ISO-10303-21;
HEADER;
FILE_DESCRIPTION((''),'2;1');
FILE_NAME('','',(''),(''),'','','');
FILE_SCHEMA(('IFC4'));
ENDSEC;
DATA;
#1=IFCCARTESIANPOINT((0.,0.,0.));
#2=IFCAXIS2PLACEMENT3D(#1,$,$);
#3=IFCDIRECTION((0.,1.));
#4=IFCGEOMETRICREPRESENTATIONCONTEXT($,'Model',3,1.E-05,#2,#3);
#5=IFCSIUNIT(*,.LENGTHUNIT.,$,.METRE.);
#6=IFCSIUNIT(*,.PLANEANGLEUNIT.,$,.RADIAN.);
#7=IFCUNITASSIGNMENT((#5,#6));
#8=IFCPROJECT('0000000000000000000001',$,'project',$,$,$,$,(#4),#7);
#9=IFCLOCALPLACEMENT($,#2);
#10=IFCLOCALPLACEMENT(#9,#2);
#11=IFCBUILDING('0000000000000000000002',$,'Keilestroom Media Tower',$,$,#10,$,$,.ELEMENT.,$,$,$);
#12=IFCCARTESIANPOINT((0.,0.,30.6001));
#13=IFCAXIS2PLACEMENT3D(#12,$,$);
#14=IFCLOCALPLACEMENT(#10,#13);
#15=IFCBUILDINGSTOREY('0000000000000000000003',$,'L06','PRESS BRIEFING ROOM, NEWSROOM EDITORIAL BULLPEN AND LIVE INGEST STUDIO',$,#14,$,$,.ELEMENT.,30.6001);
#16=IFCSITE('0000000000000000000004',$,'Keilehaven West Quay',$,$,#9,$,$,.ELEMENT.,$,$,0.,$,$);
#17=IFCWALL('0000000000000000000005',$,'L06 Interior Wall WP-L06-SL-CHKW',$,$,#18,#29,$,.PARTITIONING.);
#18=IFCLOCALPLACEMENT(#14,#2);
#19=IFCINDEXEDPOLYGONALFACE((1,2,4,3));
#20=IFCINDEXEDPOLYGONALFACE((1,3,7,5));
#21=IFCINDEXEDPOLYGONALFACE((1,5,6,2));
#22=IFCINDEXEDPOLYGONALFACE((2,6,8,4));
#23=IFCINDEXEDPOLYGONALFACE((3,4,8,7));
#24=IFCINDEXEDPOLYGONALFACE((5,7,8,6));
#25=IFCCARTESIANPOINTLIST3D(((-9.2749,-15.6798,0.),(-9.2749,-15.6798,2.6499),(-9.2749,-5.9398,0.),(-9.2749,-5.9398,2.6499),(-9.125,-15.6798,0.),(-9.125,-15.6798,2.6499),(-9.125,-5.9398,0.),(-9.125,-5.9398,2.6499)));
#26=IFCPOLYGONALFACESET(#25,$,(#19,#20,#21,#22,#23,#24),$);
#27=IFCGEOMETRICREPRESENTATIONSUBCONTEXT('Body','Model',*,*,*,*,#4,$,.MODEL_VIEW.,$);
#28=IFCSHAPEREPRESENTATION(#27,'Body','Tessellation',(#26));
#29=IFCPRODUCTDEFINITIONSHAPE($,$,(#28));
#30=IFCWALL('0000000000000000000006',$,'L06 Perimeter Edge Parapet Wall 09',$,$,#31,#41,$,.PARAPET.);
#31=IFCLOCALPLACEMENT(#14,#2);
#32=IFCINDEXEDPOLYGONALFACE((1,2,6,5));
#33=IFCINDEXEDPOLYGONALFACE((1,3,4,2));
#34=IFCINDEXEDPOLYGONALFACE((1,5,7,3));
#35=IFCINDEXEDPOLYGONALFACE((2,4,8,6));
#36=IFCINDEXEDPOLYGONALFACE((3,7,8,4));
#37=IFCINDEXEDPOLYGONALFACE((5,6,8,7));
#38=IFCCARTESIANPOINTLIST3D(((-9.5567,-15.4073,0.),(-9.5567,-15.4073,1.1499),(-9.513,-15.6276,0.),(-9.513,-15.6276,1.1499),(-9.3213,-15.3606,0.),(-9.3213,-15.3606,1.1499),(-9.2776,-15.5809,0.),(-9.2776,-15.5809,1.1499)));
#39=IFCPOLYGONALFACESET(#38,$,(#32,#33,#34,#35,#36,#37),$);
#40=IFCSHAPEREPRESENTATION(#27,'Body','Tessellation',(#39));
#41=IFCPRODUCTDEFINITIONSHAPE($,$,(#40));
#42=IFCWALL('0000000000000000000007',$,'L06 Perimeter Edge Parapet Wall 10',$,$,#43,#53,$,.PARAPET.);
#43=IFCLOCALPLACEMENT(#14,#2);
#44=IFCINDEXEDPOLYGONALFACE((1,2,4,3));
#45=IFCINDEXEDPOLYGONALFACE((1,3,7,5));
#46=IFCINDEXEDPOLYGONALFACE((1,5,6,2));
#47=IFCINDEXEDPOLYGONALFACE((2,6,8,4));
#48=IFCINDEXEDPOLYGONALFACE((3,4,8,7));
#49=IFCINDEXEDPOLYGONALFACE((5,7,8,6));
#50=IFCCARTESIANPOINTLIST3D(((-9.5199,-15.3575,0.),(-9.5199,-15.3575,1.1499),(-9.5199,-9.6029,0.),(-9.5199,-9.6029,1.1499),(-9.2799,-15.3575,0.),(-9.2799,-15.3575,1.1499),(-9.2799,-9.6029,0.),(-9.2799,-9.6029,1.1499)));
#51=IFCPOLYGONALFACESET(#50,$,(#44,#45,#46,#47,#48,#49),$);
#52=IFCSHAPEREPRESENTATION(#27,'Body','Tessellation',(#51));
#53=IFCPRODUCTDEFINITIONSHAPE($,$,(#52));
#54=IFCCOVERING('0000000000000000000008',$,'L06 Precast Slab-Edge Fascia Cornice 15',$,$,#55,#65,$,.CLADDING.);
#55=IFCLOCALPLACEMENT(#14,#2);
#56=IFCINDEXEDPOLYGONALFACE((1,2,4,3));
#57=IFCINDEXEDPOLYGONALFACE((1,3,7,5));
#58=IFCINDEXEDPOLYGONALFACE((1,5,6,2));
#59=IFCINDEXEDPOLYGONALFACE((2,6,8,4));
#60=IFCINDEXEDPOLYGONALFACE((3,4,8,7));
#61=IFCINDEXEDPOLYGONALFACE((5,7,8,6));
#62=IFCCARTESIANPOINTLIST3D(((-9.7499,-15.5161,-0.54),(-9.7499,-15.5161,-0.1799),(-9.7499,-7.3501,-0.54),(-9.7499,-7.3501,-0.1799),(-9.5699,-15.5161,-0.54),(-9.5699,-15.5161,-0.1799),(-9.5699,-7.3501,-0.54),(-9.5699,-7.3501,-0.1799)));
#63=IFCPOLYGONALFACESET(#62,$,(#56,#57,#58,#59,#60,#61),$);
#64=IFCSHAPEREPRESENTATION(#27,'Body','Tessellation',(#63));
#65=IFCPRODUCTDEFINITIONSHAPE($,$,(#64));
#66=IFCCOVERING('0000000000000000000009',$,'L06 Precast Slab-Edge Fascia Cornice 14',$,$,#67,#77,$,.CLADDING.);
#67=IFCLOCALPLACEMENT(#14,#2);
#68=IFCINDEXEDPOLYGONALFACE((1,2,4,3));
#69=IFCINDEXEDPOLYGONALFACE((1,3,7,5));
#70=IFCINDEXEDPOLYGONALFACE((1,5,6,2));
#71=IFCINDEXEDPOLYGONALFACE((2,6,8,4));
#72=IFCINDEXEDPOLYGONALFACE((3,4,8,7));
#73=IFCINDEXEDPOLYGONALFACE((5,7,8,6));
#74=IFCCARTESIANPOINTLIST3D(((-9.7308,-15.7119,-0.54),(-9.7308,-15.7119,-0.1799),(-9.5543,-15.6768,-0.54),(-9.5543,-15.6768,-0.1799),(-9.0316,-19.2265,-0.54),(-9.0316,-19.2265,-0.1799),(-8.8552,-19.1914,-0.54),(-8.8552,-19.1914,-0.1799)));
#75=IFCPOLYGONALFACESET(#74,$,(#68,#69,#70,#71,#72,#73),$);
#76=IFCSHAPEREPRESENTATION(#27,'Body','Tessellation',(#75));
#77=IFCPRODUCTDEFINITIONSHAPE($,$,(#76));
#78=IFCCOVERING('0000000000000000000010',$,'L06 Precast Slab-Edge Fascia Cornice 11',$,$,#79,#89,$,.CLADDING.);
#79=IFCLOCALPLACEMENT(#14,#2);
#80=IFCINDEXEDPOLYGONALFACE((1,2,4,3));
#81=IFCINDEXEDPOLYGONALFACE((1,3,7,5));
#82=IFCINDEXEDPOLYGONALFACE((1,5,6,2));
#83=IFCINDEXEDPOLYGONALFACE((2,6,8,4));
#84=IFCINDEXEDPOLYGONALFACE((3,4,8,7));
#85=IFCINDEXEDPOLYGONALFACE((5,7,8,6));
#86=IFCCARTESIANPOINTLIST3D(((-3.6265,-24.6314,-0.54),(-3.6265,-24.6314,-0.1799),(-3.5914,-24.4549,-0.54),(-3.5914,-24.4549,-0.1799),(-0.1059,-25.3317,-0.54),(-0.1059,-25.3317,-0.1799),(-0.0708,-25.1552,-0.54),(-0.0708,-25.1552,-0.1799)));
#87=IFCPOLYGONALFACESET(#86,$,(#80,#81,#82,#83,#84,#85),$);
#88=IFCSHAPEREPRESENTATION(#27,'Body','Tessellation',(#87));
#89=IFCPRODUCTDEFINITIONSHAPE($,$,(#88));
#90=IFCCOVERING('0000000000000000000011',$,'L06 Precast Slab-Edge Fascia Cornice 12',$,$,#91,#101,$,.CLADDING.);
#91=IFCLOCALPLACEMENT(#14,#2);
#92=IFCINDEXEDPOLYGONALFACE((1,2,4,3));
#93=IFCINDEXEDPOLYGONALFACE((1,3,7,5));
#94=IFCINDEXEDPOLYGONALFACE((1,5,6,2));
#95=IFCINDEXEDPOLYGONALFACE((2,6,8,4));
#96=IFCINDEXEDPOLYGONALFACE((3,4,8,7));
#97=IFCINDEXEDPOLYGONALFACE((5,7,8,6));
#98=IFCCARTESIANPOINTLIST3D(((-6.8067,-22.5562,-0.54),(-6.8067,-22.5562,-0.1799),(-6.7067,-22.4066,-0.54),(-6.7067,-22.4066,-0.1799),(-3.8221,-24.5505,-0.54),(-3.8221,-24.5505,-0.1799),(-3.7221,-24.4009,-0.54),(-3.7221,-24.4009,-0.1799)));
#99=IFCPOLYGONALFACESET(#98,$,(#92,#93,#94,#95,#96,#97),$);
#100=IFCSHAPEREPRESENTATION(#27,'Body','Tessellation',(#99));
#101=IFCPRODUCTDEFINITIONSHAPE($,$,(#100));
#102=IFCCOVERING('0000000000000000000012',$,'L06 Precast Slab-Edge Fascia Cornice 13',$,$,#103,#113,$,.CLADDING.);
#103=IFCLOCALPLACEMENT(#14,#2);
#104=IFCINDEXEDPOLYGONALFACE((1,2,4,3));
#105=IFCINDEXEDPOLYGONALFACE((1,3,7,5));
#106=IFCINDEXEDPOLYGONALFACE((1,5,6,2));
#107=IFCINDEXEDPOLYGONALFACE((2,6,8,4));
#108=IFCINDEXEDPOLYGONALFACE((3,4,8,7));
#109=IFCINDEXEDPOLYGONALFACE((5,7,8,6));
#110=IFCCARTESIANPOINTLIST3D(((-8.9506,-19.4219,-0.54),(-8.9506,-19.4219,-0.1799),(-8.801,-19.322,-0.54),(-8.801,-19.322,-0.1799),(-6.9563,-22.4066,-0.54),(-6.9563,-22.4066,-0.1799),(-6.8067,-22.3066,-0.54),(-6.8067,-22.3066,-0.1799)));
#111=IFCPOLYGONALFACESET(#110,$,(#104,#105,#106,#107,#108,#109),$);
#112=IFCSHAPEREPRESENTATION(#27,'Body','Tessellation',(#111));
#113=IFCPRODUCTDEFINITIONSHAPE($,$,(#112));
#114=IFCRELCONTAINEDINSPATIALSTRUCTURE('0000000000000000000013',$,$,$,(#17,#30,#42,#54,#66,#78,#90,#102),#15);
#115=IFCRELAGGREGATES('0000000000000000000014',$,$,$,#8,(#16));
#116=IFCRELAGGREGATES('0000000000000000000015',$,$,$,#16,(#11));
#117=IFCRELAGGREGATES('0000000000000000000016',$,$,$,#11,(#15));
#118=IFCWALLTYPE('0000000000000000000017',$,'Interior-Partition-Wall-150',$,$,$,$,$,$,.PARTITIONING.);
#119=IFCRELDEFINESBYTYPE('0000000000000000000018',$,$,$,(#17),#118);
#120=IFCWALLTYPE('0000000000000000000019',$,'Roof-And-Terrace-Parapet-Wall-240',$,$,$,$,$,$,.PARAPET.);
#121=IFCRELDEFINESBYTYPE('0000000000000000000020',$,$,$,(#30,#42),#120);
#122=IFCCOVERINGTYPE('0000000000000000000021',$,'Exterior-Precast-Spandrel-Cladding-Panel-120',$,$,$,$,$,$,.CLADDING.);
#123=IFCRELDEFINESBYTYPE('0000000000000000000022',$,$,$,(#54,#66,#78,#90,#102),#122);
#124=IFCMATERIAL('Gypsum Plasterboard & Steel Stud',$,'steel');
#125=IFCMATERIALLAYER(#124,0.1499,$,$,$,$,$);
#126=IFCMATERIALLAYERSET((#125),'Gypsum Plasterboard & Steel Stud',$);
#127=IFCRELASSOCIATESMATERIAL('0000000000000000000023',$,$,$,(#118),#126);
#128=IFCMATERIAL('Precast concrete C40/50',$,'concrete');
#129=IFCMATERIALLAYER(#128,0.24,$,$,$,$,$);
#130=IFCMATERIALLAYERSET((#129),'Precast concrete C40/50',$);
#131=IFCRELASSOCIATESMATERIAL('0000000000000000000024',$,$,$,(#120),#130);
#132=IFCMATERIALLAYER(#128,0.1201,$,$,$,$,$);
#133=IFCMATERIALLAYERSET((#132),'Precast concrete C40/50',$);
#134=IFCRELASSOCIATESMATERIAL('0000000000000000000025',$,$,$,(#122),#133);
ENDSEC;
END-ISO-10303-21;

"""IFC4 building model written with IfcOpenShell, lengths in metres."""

from ifc_helpers import new_model, si_unit, direction, frame, frame_2d, origin, origin_2d, place, context, subcontext, project, spatial, rectangle, extrude, source, transform, mapped, material, layer, layer_set, type_object, element, save


model = new_model("IFC4")

# Units and contexts
model_context = context("Model", 3, precision=1e-05, world=origin(), true_north=direction((0.0, 1.0)))
body_context = subcontext(model_context, "Body", "Model", "MODEL_VIEW")
ifc_project = project(units=[si_unit("LENGTHUNIT", "METRE"), si_unit("PLANEANGLEUNIT", "RADIAN")], contexts=[model_context])

# Site, building, storey
site_placement = place(None, origin())
site = spatial("IfcSite", under=ifc_project, at=site_placement, Name="Keilehaven West Quay", CompositionType="ELEMENT", RefElevation=0.0)
building_placement = place(site_placement, origin())
building = spatial("IfcBuilding", under=site, at=building_placement, Name="Keilestroom Media Tower", CompositionType="ELEMENT")
storey_placement = place(building_placement, frame((0.0, 0.0, 30.6001)))
storey = spatial("IfcBuildingStorey", under=building, at=storey_placement, Name="L06", Description="PRESS BRIEFING ROOM, NEWSROOM EDITORIAL BULLPEN AND LIVE INGEST STUDIO", CompositionType="ELEMENT", Elevation=30.6001)

# Walls
ifc_material_1 = material(Name="Precast concrete C40/50", Category="concrete")
ifc_material_2 = material(Name="Gypsum Plasterboard & Steel Stud", Category="steel")
ifc_layer_1 = layer(ifc_material_2, 0.1499)
ifc_layer_set_1 = layer_set([ifc_layer_1], Name="Gypsum Plasterboard & Steel Stud")
wall_type_1 = type_object("IfcWallType", Name="Interior-Partition-Wall-150", PredefinedType="PARTITIONING", material=ifc_layer_set_1)
wall_1_placement = place(storey_placement, frame((-9.2, -15.6799, 0.0), z_axis=(0.0, 0.0, 1.0), x_axis=(0.0, 1.0, 0.0)))
element("IfcWall", 1, at=wall_1_placement, inside=storey, type_object=wall_type_1, Name="L06 Interior Wall WP-L06-SL-CHKW", PredefinedType="PARTITIONING", context=body_context, shape_type="SweptSolid", body=[
    extrude(rectangle(XDim=9.74, YDim=0.1499, at=frame_2d((4.8701, 0.0))), origin(), (0.0, 0.0, 1.0), 2.6499),
])
ifc_layer_2 = layer(ifc_material_1, 0.24)
ifc_layer_set_2 = layer_set([ifc_layer_2], Name="Precast concrete C40/50")
wall_type_2 = type_object("IfcWallType", Name="Roof-And-Terrace-Parapet-Wall-240", PredefinedType="PARAPET", material=ifc_layer_set_2)
wall_2_placement = place(storey_placement, frame((-9.3953, -15.6042, 0.0), z_axis=(0.0, 0.0, 1.0), x_axis=(-0.194652, 0.980872, 0.0)))
element("IfcWall", 2, at=wall_2_placement, inside=storey, type_object=wall_type_2, Name="L06 Perimeter Edge Parapet Wall 09", PredefinedType="PARAPET", context=body_context, shape_type="SweptSolid", body=[
    extrude(rectangle(XDim=0.2246, YDim=0.24, at=frame_2d((0.1123, 0.0))), origin(), (0.0, 0.0, 1.0), 1.1499),
])
wall_3_placement = place(storey_placement, frame((-9.3999, -15.3577, 0.0), z_axis=(0.0, 0.0, 1.0), x_axis=(0.0, 1.0, 0.0)))
element("IfcWall", 3, at=wall_3_placement, inside=storey, type_object=wall_type_2, Name="L06 Perimeter Edge Parapet Wall 10", PredefinedType="PARAPET", context=body_context, shape_type="SweptSolid", body=[
    extrude(rectangle(XDim=5.7546, YDim=0.24, at=frame_2d((2.8774, 0.0))), origin(), (0.0, 0.0, 1.0), 1.1499),
])

# Coverings
ifc_layer_3 = layer(ifc_material_1, 0.1201)
ifc_layer_set_3 = layer_set([ifc_layer_3], Name="Precast concrete C40/50")
covering_type = type_object("IfcCoveringType", Name="Exterior-Precast-Spandrel-Cladding-Panel-120", PredefinedType="CLADDING", material=ifc_layer_set_3)
shared_shape_1 = source(origin(), body_context, "Body", "SweptSolid", [
    extrude(rectangle(XDim=8.166, YDim=0.1799, at=origin_2d()), origin(), (0.0, 0.0, 1.0), 0.3601),
])
covering_1_placement = place(storey_placement, frame((-9.6599, -11.4331, -0.54), z_axis=(0.0, 0.0, 1.0), x_axis=(0.0, 1.0, 0.0)))
element("IfcCovering", 4, at=covering_1_placement, inside=storey, type_object=covering_type, Name="L06 Precast Slab-Edge Fascia Cornice 15", PredefinedType="CLADDING", context=body_context, shape_type="MappedRepresentation", body=[
    mapped(shared_shape_1, transform((0.0, 0.0, 0.0), x_axis=(1.0, 0.0, 0.0), y_axis=(0.0, 1.0, 0.0), z_axis=(0.0, 0.0, 1.0), scale=1.0)),
])
shared_shape_2 = source(origin(), body_context, "Body", "SweptSolid", [
    extrude(rectangle(XDim=3.5835, YDim=0.1799, at=origin_2d()), origin(), (0.0, 0.0, 1.0), 0.3601),
])
covering_2_placement = place(storey_placement, frame((-9.293, -17.4517, -0.54), z_axis=(0.0, 0.0, 1.0), x_axis=(-0.195099, 0.980784, 0.0)))
element("IfcCovering", 5, at=covering_2_placement, inside=storey, type_object=covering_type, Name="L06 Precast Slab-Edge Fascia Cornice 14", PredefinedType="CLADDING", context=body_context, shape_type="MappedRepresentation", body=[
    mapped(shared_shape_2, transform((0.0, 0.0, 0.0), x_axis=(1.0, 0.0, 0.0), y_axis=(0.0, 1.0, 0.0), z_axis=(0.0, 0.0, 1.0), scale=1.0)),
])
shared_shape_3 = source(origin(), body_context, "Body", "SweptSolid", [
    extrude(rectangle(XDim=3.5896, YDim=0.1799, at=origin_2d()), origin(), (0.0, 0.0, 1.0), 0.3601),
])
for number, where, z_axis, x_axis, name in (
    (6, (-1.8486, -24.8933, -0.54), (0.0, 0.0, 1.0), (-0.980784, 0.195099, 0.0), "L06 Precast Slab-Edge Fascia Cornice 11"),
    (7, (-5.2644, -23.4785, -0.54), (0.0, 0.0, 1.0), (-0.831467, 0.555575, 0.0), "L06 Precast Slab-Edge Fascia Cornice 12"),
    (8, (-7.8787, -20.8643, -0.54), (0.0, 0.0, 1.0), (-0.555575, 0.831467, 0.0), "L06 Precast Slab-Edge Fascia Cornice 13"),
):
    element("IfcCovering", number, at=place(storey_placement, frame(where, z_axis=z_axis, x_axis=x_axis)), inside=storey, type_object=covering_type, Name=name, PredefinedType="CLADDING", context=body_context, shape_type="MappedRepresentation", body=[
        mapped(shared_shape_3, transform((0.0, 0.0, 0.0), x_axis=(1.0, 0.0, 0.0), y_axis=(0.0, 1.0, 0.0), z_axis=(0.0, 0.0, 1.0), scale=1.0)),
    ])

save(model, "model.ifc")
